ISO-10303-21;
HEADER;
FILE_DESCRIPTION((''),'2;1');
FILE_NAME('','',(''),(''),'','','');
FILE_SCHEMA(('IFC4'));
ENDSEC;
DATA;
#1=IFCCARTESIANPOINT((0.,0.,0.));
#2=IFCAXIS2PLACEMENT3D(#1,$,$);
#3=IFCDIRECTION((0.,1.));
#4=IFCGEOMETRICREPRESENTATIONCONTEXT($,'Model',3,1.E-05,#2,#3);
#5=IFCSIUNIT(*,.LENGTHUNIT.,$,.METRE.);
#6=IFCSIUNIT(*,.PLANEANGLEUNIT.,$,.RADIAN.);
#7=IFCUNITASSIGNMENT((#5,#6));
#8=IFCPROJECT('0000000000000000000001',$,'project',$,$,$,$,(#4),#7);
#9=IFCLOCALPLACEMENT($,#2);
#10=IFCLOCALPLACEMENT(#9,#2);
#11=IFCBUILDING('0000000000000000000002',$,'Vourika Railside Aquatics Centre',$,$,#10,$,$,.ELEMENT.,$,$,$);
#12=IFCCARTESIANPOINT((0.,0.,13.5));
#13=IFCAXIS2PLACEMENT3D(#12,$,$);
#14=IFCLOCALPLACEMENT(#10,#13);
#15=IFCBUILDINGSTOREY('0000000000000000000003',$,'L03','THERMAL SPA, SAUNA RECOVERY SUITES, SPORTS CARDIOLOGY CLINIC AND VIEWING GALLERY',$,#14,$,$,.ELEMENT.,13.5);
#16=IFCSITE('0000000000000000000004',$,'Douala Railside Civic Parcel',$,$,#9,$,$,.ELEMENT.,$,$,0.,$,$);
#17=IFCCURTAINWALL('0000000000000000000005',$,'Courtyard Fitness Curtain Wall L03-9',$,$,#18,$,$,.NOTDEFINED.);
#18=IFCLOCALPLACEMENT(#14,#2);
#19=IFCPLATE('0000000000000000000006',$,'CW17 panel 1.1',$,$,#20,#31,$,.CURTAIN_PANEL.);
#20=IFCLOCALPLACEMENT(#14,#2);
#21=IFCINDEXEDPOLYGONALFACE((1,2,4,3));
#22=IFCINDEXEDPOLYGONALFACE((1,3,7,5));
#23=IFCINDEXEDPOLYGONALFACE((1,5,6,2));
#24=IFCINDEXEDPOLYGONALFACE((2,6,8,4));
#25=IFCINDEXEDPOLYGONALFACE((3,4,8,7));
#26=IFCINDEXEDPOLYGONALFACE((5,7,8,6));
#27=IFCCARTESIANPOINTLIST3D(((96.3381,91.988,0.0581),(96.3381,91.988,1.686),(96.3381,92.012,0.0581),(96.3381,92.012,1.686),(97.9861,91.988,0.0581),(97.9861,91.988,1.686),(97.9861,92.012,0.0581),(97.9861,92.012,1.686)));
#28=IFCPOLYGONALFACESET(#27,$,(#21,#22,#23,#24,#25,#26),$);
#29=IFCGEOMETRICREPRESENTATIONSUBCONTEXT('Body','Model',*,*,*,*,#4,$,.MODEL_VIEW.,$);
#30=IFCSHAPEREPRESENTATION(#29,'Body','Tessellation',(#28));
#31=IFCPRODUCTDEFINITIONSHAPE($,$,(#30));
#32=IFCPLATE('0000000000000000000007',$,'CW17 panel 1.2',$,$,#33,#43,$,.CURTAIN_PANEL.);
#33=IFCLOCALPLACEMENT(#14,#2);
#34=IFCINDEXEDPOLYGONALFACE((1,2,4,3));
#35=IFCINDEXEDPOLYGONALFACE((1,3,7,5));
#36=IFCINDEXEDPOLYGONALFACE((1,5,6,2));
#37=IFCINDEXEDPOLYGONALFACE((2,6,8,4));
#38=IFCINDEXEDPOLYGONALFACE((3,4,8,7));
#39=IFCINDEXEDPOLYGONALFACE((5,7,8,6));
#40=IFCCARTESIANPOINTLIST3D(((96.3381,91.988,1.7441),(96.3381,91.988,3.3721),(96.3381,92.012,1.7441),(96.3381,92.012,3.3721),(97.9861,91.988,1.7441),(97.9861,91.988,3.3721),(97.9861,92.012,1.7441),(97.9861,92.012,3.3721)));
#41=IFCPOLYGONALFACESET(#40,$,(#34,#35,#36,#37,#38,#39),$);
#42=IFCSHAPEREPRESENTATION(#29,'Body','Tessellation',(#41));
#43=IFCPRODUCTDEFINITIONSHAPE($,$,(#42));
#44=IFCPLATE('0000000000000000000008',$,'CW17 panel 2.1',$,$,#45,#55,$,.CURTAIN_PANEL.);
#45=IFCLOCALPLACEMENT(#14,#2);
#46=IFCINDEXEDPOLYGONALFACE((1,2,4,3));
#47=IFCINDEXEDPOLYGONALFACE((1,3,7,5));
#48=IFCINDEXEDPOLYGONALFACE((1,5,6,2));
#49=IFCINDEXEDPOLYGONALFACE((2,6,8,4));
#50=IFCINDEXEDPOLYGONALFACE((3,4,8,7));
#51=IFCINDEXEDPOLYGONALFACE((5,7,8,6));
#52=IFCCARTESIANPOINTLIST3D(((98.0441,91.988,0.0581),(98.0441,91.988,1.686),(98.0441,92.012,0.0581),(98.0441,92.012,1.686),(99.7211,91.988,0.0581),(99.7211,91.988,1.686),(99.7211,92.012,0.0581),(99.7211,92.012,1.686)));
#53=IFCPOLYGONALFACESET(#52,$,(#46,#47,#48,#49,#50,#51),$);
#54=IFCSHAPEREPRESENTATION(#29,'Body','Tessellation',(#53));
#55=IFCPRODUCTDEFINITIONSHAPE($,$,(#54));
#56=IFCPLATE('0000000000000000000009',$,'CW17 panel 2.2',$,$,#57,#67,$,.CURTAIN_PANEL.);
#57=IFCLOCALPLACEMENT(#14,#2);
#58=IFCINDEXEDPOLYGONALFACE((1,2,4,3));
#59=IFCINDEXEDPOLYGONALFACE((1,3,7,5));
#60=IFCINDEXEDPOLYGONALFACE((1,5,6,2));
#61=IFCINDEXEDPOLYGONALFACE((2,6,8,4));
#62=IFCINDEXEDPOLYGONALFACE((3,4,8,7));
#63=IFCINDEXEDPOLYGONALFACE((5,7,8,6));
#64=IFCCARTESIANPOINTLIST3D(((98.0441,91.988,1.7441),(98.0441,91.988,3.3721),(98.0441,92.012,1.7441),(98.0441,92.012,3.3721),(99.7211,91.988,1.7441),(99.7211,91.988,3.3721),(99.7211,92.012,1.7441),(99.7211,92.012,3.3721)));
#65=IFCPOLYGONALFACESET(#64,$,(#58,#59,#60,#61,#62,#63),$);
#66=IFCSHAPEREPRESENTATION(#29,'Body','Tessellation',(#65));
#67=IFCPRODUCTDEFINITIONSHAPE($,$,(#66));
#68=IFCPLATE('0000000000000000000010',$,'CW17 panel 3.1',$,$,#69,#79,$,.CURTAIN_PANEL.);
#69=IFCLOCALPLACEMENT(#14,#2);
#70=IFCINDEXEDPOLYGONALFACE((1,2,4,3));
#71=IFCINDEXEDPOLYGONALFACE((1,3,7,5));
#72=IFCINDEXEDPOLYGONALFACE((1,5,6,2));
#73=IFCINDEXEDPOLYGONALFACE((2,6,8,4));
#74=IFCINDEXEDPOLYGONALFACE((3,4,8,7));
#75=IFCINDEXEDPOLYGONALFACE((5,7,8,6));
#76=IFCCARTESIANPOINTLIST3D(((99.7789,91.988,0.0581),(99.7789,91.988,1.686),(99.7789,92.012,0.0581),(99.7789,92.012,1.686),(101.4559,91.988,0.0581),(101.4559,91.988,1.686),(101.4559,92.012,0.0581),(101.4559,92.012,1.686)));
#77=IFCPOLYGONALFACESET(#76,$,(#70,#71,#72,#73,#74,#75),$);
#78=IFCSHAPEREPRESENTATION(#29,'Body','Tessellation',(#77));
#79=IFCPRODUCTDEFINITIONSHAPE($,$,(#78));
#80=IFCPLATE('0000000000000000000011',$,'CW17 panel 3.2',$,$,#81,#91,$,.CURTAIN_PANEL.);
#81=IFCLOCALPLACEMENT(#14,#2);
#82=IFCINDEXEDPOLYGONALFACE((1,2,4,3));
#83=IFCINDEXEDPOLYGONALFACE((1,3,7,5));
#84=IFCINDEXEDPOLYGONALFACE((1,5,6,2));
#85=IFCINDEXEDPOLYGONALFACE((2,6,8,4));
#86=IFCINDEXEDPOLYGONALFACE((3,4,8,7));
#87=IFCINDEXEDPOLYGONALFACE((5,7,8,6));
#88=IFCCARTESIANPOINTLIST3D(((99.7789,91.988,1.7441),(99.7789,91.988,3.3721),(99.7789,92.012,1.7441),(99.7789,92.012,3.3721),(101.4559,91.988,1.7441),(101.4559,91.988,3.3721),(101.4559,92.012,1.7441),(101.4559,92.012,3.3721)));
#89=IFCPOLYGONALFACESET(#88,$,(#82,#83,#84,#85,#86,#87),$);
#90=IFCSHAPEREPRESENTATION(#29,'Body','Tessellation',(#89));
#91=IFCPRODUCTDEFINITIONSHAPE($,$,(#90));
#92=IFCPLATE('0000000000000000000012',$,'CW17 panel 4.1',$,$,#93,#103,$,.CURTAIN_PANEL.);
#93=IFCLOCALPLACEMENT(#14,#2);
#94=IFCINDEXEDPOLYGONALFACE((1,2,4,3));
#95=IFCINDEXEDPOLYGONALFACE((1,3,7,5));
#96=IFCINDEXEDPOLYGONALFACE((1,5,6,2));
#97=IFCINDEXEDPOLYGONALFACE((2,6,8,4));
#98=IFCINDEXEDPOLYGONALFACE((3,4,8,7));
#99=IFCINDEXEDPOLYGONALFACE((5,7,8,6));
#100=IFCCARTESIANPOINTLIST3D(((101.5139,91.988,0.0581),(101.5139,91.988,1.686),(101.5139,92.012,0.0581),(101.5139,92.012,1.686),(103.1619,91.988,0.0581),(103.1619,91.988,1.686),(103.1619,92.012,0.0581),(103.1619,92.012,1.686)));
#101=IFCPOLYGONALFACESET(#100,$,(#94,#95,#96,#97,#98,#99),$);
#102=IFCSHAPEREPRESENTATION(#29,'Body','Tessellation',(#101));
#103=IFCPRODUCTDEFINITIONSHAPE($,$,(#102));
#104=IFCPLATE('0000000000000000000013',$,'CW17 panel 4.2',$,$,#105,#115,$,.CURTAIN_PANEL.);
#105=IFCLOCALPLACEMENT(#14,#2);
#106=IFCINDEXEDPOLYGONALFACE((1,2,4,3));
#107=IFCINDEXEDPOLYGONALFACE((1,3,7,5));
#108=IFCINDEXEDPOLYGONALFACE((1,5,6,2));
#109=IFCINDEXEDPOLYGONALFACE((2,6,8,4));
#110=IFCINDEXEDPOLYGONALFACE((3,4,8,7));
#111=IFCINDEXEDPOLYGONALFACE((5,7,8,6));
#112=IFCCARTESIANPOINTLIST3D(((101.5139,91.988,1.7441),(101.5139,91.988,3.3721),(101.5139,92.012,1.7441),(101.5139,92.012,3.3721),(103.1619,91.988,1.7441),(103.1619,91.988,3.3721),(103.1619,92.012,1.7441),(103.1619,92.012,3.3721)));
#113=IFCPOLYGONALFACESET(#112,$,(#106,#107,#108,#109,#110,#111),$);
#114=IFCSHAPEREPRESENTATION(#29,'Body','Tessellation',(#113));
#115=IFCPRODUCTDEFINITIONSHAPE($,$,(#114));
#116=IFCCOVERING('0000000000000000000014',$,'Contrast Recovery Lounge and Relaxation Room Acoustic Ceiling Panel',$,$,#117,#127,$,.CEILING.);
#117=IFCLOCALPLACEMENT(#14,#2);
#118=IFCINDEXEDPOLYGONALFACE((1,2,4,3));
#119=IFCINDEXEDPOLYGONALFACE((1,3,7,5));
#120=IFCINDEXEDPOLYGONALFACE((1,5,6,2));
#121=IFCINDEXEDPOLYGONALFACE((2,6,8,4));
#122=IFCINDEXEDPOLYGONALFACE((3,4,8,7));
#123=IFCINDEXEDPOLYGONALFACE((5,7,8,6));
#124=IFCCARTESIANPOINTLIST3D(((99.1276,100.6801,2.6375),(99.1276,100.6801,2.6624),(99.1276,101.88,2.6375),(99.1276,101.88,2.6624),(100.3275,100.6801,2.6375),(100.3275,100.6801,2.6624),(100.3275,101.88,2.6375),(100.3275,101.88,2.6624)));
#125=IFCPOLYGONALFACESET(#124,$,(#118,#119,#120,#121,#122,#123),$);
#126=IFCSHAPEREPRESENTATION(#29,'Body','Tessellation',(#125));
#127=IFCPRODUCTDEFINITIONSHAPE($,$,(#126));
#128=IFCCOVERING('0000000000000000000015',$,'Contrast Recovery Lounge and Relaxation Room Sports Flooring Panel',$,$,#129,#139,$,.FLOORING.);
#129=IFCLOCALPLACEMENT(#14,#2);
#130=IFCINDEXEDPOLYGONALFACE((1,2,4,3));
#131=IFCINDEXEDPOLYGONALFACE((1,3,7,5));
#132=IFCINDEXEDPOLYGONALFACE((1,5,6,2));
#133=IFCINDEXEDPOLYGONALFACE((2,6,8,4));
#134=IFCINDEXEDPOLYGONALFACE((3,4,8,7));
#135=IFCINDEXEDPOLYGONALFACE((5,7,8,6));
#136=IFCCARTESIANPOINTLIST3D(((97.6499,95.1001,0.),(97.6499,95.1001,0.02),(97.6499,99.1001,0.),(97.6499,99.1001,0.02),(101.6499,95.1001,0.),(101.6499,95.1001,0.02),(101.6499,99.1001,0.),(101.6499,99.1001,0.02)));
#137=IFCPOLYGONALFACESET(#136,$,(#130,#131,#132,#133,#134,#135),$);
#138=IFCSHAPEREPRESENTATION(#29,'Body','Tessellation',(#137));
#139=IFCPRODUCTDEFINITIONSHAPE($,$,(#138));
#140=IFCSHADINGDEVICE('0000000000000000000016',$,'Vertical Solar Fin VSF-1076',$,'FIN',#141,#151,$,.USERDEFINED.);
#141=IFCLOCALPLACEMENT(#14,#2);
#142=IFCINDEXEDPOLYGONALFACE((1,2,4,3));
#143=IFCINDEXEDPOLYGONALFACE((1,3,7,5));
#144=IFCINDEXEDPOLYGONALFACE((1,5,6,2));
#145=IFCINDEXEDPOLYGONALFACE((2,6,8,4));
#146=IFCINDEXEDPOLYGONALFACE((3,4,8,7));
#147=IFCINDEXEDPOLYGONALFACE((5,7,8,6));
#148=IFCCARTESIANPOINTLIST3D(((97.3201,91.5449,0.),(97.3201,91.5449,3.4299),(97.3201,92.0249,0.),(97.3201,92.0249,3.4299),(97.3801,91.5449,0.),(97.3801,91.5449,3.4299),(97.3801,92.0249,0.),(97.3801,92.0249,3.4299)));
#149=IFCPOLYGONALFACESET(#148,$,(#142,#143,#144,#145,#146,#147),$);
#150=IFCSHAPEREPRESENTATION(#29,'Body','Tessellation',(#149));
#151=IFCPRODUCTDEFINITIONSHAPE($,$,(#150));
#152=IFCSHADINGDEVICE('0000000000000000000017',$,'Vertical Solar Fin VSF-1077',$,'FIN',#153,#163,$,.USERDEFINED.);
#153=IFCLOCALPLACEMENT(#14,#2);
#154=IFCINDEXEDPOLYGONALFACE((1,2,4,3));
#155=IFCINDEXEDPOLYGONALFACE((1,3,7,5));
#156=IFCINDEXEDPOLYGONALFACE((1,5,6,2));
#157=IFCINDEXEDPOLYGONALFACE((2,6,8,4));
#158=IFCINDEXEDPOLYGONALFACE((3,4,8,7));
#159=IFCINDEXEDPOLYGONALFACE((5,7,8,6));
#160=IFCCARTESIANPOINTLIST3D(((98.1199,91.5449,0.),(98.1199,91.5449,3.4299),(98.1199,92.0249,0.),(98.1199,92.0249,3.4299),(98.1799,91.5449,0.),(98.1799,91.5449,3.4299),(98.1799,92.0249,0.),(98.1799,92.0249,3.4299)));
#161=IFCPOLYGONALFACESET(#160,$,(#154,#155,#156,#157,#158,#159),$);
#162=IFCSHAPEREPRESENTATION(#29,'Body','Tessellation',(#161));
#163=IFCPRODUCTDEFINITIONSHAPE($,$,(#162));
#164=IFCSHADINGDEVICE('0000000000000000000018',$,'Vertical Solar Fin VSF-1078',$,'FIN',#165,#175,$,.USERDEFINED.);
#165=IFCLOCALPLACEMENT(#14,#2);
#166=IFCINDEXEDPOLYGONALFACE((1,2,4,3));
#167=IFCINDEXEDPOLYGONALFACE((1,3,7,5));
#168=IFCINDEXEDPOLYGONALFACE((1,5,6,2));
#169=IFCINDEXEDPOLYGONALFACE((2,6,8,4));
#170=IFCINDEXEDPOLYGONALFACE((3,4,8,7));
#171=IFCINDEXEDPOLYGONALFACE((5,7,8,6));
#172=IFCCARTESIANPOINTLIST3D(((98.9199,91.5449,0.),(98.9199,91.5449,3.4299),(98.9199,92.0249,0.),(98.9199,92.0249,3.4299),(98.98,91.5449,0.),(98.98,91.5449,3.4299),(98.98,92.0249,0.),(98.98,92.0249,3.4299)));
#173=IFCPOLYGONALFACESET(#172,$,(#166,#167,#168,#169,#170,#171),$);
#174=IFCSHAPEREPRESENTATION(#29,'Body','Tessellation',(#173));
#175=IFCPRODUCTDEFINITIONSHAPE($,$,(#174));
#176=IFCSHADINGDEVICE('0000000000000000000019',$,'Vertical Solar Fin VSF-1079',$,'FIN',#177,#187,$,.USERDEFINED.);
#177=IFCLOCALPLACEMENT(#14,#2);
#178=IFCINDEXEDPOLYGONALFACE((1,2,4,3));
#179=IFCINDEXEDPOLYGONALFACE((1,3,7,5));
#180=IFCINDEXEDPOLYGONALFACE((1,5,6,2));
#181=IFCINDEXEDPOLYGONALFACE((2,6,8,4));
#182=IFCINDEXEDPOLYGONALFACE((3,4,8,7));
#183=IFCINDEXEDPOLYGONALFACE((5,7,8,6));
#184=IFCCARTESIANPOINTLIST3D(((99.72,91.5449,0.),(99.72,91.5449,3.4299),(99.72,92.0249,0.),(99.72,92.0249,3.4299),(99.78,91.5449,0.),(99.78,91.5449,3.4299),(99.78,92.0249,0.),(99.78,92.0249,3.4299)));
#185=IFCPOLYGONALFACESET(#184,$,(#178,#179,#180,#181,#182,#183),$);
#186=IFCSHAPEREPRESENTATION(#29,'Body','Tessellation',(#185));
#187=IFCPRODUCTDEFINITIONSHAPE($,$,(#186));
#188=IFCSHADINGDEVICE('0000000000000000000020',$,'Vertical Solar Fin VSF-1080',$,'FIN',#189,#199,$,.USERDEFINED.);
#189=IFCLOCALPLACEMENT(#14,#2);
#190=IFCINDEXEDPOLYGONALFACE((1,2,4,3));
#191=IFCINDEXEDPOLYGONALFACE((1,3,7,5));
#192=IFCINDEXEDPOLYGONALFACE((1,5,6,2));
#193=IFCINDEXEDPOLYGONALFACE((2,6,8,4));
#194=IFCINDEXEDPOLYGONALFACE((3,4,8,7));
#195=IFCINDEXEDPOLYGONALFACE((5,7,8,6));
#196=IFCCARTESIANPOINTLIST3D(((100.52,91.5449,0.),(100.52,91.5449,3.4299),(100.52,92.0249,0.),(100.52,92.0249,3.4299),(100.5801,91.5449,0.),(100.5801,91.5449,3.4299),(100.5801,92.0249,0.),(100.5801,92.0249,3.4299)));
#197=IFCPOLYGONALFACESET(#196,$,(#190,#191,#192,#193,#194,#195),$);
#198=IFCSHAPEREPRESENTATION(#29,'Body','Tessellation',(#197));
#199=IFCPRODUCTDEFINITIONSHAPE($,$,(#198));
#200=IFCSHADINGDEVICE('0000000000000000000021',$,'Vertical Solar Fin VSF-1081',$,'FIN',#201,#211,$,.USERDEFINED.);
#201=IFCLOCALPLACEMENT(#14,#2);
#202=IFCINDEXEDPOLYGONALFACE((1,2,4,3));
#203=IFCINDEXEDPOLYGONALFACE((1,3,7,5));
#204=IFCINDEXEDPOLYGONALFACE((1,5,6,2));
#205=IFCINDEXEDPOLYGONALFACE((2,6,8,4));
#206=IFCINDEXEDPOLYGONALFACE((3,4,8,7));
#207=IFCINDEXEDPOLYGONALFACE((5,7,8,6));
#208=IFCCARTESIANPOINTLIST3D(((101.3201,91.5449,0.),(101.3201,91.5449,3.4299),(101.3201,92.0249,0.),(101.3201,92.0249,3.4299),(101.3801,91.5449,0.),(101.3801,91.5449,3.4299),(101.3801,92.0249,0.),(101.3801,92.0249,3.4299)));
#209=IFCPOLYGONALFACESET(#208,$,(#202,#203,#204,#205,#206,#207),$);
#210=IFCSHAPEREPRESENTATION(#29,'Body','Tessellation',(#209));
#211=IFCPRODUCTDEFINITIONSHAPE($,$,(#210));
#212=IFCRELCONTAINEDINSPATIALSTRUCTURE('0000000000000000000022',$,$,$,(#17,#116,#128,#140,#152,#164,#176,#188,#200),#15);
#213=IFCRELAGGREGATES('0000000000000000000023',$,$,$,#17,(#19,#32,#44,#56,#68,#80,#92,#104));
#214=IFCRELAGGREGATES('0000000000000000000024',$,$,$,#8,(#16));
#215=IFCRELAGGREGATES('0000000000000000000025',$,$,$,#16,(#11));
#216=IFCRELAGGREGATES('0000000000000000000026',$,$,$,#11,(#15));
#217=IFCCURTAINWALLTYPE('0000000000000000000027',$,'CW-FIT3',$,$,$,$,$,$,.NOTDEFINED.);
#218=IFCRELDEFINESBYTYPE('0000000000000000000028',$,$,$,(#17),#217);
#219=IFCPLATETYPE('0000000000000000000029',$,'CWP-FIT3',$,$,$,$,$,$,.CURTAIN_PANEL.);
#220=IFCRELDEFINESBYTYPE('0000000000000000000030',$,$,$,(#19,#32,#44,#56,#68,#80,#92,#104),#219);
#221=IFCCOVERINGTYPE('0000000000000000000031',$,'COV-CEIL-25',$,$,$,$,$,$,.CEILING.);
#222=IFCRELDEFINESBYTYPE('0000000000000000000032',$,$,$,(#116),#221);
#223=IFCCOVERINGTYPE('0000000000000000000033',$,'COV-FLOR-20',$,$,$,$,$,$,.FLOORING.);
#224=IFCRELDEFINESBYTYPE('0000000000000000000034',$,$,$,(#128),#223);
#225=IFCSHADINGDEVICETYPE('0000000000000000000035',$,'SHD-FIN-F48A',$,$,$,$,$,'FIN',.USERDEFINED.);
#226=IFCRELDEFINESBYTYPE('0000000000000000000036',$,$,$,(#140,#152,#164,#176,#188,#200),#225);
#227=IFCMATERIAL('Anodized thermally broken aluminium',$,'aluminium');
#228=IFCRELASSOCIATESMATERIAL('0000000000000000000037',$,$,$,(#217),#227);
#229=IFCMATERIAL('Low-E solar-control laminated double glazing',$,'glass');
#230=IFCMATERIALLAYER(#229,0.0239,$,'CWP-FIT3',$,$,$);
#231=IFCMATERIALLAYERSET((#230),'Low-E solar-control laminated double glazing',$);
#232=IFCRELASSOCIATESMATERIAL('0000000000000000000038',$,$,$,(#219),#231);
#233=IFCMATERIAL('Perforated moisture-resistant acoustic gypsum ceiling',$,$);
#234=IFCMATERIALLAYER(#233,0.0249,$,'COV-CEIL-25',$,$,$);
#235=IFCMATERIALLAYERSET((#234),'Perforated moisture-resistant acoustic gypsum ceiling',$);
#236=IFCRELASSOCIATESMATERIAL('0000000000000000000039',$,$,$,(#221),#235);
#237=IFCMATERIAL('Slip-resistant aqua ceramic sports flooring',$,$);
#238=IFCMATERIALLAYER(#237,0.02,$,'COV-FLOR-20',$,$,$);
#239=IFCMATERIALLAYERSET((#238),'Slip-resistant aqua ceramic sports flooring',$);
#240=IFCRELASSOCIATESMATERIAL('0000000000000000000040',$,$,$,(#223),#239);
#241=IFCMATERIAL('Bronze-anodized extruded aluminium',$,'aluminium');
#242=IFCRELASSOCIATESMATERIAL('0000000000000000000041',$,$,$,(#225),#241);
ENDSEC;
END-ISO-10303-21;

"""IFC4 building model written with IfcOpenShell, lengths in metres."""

from ifc_helpers import new_model, si_unit, direction, frame, origin, origin_2d, place, context, subcontext, project, spatial, rectangle, extrude, material, layer, layer_set, material_profile, profile_set, type_object, element, aggregate, save


model = new_model("IFC4")

# Units and contexts
model_context = context("Model", 3, precision=1e-05, world=origin(), true_north=direction((0.0, 1.0)))
body_context = subcontext(model_context, "Body", "Model", "MODEL_VIEW")
ifc_project = project(units=[si_unit("LENGTHUNIT", "METRE"), si_unit("PLANEANGLEUNIT", "RADIAN")], contexts=[model_context])

# Site, building, storey
site_placement = place(None, origin())
site = spatial("IfcSite", under=ifc_project, at=site_placement, Name="Douala Railside Civic Parcel", CompositionType="ELEMENT", RefElevation=0.0)
building_placement = place(site_placement, origin())
building = spatial("IfcBuilding", under=site, at=building_placement, Name="Vourika Railside Aquatics Centre", CompositionType="ELEMENT")
storey_placement = place(building_placement, frame((0.0, 0.0, 13.5)))
storey = spatial("IfcBuildingStorey", under=building, at=storey_placement, Name="L03", Description="THERMAL SPA, SAUNA RECOVERY SUITES, SPORTS CARDIOLOGY CLINIC AND VIEWING GALLERY", CompositionType="ELEMENT", Elevation=13.5)

# Curtain wall, plates
ifc_material_1 = material(Name="Anodized thermally broken aluminium", Category="aluminium")
curtain_wall_type = type_object("IfcCurtainWallType", Name="CW-FIT3", PredefinedType="NOTDEFINED", material=ifc_material_1)
curtain_wall_placement = place(storey_placement, origin())
curtain_wall = element("IfcCurtainWall", 1, at=curtain_wall_placement, inside=storey, type_object=curtain_wall_type, Name="Courtyard Fitness Curtain Wall L03-9", PredefinedType="NOTDEFINED")
ifc_material_2 = material(Name="Low-E solar-control laminated double glazing", Category="glass")
ifc_layer_1 = layer(ifc_material_2, 0.0239, Name="CWP-FIT3")
ifc_layer_set_1 = layer_set([ifc_layer_1], Name="Low-E solar-control laminated double glazing")
plate_type = type_object("IfcPlateType", Name="CWP-FIT3", PredefinedType="CURTAIN_PANEL", material=ifc_layer_set_1)
plate_1_placement = place(storey_placement, frame((97.1621, 92.0, 0.0581), z_axis=(0.0, 0.0, 1.0), x_axis=(1.0, 0.0, 0.0)))
plate_1 = element("IfcPlate", 2, at=plate_1_placement, type_object=plate_type, Name="CW17 panel 1.1", PredefinedType="CURTAIN_PANEL", context=body_context, shape_type="SweptSolid", body=[
    extrude(rectangle(XDim=1.6479, YDim=0.0239, at=origin_2d()), origin(), (0.0, 0.0, 1.0), 1.6279),
])
plate_2_placement = place(storey_placement, frame((97.1621, 92.0, 1.7441), z_axis=(0.0, 0.0, 1.0), x_axis=(1.0, 0.0, 0.0)))
plate_2 = element("IfcPlate", 3, at=plate_2_placement, type_object=plate_type, Name="CW17 panel 1.2", PredefinedType="CURTAIN_PANEL", context=body_context, shape_type="SweptSolid", body=[
    extrude(rectangle(XDim=1.6479, YDim=0.0239, at=origin_2d()), origin(), (0.0, 0.0, 1.0), 1.6279),
])
plate_3_placement = place(storey_placement, frame((98.8826, 92.0, 0.0581), z_axis=(0.0, 0.0, 1.0), x_axis=(1.0, 0.0, 0.0)))
plate_3 = element("IfcPlate", 4, at=plate_3_placement, type_object=plate_type, Name="CW17 panel 2.1", PredefinedType="CURTAIN_PANEL", context=body_context, shape_type="SweptSolid", body=[
    extrude(rectangle(XDim=1.677, YDim=0.0239, at=origin_2d()), origin(), (0.0, 0.0, 1.0), 1.6279),
])
plate_4_placement = place(storey_placement, frame((98.8826, 92.0, 1.7441), z_axis=(0.0, 0.0, 1.0), x_axis=(1.0, 0.0, 0.0)))
plate_4 = element("IfcPlate", 5, at=plate_4_placement, type_object=plate_type, Name="CW17 panel 2.2", PredefinedType="CURTAIN_PANEL", context=body_context, shape_type="SweptSolid", body=[
    extrude(rectangle(XDim=1.677, YDim=0.0239, at=origin_2d()), origin(), (0.0, 0.0, 1.0), 1.6279),
])
plate_5_placement = place(storey_placement, frame((100.6174, 92.0, 0.0581), z_axis=(0.0, 0.0, 1.0), x_axis=(1.0, 0.0, 0.0)))
plate_5 = element("IfcPlate", 6, at=plate_5_placement, type_object=plate_type, Name="CW17 panel 3.1", PredefinedType="CURTAIN_PANEL", context=body_context, shape_type="SweptSolid", body=[
    extrude(rectangle(XDim=1.677, YDim=0.0239, at=origin_2d()), origin(), (0.0, 0.0, 1.0), 1.6279),
])
plate_6_placement = place(storey_placement, frame((100.6174, 92.0, 1.7441), z_axis=(0.0, 0.0, 1.0), x_axis=(1.0, 0.0, 0.0)))
plate_6 = element("IfcPlate", 7, at=plate_6_placement, type_object=plate_type, Name="CW17 panel 3.2", PredefinedType="CURTAIN_PANEL", context=body_context, shape_type="SweptSolid", body=[
    extrude(rectangle(XDim=1.677, YDim=0.0239, at=origin_2d()), origin(), (0.0, 0.0, 1.0), 1.6279),
])
plate_7_placement = place(storey_placement, frame((102.3379, 92.0, 0.0581), z_axis=(0.0, 0.0, 1.0), x_axis=(1.0, 0.0, 0.0)))
plate_7 = element("IfcPlate", 8, at=plate_7_placement, type_object=plate_type, Name="CW17 panel 4.1", PredefinedType="CURTAIN_PANEL", context=body_context, shape_type="SweptSolid", body=[
    extrude(rectangle(XDim=1.6479, YDim=0.0239, at=origin_2d()), origin(), (0.0, 0.0, 1.0), 1.6279),
])
plate_8_placement = place(storey_placement, frame((102.3379, 92.0, 1.7441), z_axis=(0.0, 0.0, 1.0), x_axis=(1.0, 0.0, 0.0)))
plate_8 = element("IfcPlate", 9, at=plate_8_placement, type_object=plate_type, Name="CW17 panel 4.2", PredefinedType="CURTAIN_PANEL", context=body_context, shape_type="SweptSolid", body=[
    extrude(rectangle(XDim=1.6479, YDim=0.0239, at=origin_2d()), origin(), (0.0, 0.0, 1.0), 1.6279),
])
aggregate(curtain_wall, [plate_1, plate_2, plate_3, plate_4, plate_5, plate_6, plate_7, plate_8])

# Coverings
ifc_material_3 = material(Name="Perforated moisture-resistant acoustic gypsum ceiling")
ifc_layer_2 = layer(ifc_material_3, 0.0249, Name="COV-CEIL-25")
ifc_layer_set_2 = layer_set([ifc_layer_2], Name="Perforated moisture-resistant acoustic gypsum ceiling")
covering_type_1 = type_object("IfcCoveringType", Name="COV-CEIL-25", PredefinedType="CEILING", material=ifc_layer_set_2)
covering_1_placement = place(storey_placement, frame((99.7275, 101.28, 2.6375), z_axis=(0.0, 0.0, 1.0), x_axis=(1.0, 0.0, 0.0)))
element("IfcCovering", 10, at=covering_1_placement, inside=storey, type_object=covering_type_1, Name="Contrast Recovery Lounge and Relaxation Room Acoustic Ceiling Panel", PredefinedType="CEILING", context=body_context, shape_type="SweptSolid", body=[
    extrude(rectangle(XDim=1.2, YDim=1.2, at=origin_2d()), origin(), (0.0, 0.0, 1.0), 0.0249),
])
ifc_material_4 = material(Name="Slip-resistant aqua ceramic sports flooring")
ifc_layer_3 = layer(ifc_material_4, 0.02, Name="COV-FLOR-20")
ifc_layer_set_3 = layer_set([ifc_layer_3], Name="Slip-resistant aqua ceramic sports flooring")
covering_type_2 = type_object("IfcCoveringType", Name="COV-FLOR-20", PredefinedType="FLOORING", material=ifc_layer_set_3)
covering_2_placement = place(storey_placement, frame((99.6499, 97.1001, 0.0), z_axis=(0.0, 0.0, 1.0), x_axis=(1.0, 0.0, 0.0)))
element("IfcCovering", 11, at=covering_2_placement, inside=storey, type_object=covering_type_2, Name="Contrast Recovery Lounge and Relaxation Room Sports Flooring Panel", PredefinedType="FLOORING", context=body_context, shape_type="SweptSolid", body=[
    extrude(rectangle(XDim=4.0, YDim=4.0, at=origin_2d()), origin(), (0.0, 0.0, 1.0), 0.02),
])

# Shading devices
ifc_material_5 = material(Name="Bronze-anodized extruded aluminium", Category="aluminium")
ifc_material_profile_1 = material_profile(ifc_material_5, rectangle(XDim=0.0601, YDim=0.48, at=origin_2d()), Name="ALU-FIN 60x480")
ifc_profile_set_1 = profile_set([ifc_material_profile_1], Name="Bronze-anodized extruded aluminium")
shading_device_type = type_object("IfcShadingDeviceType", Name="SHD-FIN-F48A", ElementType="FIN", PredefinedType="USERDEFINED", material=ifc_profile_set_1)
for number, where, z_axis, x_axis, name in (
    (12, (97.3501, 91.7849, 0.0), (0.0, 0.0, 1.0), (-1.0, 0.0, 0.0), "Vertical Solar Fin VSF-1076"),
    (13, (98.1499, 91.7849, 0.0), (0.0, 0.0, 1.0), (-1.0, 0.0, 0.0), "Vertical Solar Fin VSF-1077"),
    (14, (98.95, 91.7849, 0.0), (0.0, 0.0, 1.0), (-1.0, 0.0, 0.0), "Vertical Solar Fin VSF-1078"),
    (15, (99.75, 91.7849, 0.0), (0.0, 0.0, 1.0), (-1.0, 0.0, 0.0), "Vertical Solar Fin VSF-1079"),
    (16, (100.55, 91.7849, 0.0), (0.0, 0.0, 1.0), (-1.0, 0.0, 0.0), "Vertical Solar Fin VSF-1080"),
    (17, (101.3501, 91.7849, 0.0), (0.0, 0.0, 1.0), (-1.0, 0.0, 0.0), "Vertical Solar Fin VSF-1081"),
):
    element("IfcShadingDevice", number, at=place(storey_placement, frame(where, z_axis=z_axis, x_axis=x_axis)), inside=storey, type_object=shading_device_type, Name=name, ObjectType="FIN", PredefinedType="USERDEFINED", context=body_context, shape_type="SweptSolid", body=[
        extrude(rectangle(XDim=0.0601, YDim=0.48, at=origin_2d()), origin(), (0.0, 0.0, 1.0), 3.4299),
    ])

save(model, "model.ifc")
